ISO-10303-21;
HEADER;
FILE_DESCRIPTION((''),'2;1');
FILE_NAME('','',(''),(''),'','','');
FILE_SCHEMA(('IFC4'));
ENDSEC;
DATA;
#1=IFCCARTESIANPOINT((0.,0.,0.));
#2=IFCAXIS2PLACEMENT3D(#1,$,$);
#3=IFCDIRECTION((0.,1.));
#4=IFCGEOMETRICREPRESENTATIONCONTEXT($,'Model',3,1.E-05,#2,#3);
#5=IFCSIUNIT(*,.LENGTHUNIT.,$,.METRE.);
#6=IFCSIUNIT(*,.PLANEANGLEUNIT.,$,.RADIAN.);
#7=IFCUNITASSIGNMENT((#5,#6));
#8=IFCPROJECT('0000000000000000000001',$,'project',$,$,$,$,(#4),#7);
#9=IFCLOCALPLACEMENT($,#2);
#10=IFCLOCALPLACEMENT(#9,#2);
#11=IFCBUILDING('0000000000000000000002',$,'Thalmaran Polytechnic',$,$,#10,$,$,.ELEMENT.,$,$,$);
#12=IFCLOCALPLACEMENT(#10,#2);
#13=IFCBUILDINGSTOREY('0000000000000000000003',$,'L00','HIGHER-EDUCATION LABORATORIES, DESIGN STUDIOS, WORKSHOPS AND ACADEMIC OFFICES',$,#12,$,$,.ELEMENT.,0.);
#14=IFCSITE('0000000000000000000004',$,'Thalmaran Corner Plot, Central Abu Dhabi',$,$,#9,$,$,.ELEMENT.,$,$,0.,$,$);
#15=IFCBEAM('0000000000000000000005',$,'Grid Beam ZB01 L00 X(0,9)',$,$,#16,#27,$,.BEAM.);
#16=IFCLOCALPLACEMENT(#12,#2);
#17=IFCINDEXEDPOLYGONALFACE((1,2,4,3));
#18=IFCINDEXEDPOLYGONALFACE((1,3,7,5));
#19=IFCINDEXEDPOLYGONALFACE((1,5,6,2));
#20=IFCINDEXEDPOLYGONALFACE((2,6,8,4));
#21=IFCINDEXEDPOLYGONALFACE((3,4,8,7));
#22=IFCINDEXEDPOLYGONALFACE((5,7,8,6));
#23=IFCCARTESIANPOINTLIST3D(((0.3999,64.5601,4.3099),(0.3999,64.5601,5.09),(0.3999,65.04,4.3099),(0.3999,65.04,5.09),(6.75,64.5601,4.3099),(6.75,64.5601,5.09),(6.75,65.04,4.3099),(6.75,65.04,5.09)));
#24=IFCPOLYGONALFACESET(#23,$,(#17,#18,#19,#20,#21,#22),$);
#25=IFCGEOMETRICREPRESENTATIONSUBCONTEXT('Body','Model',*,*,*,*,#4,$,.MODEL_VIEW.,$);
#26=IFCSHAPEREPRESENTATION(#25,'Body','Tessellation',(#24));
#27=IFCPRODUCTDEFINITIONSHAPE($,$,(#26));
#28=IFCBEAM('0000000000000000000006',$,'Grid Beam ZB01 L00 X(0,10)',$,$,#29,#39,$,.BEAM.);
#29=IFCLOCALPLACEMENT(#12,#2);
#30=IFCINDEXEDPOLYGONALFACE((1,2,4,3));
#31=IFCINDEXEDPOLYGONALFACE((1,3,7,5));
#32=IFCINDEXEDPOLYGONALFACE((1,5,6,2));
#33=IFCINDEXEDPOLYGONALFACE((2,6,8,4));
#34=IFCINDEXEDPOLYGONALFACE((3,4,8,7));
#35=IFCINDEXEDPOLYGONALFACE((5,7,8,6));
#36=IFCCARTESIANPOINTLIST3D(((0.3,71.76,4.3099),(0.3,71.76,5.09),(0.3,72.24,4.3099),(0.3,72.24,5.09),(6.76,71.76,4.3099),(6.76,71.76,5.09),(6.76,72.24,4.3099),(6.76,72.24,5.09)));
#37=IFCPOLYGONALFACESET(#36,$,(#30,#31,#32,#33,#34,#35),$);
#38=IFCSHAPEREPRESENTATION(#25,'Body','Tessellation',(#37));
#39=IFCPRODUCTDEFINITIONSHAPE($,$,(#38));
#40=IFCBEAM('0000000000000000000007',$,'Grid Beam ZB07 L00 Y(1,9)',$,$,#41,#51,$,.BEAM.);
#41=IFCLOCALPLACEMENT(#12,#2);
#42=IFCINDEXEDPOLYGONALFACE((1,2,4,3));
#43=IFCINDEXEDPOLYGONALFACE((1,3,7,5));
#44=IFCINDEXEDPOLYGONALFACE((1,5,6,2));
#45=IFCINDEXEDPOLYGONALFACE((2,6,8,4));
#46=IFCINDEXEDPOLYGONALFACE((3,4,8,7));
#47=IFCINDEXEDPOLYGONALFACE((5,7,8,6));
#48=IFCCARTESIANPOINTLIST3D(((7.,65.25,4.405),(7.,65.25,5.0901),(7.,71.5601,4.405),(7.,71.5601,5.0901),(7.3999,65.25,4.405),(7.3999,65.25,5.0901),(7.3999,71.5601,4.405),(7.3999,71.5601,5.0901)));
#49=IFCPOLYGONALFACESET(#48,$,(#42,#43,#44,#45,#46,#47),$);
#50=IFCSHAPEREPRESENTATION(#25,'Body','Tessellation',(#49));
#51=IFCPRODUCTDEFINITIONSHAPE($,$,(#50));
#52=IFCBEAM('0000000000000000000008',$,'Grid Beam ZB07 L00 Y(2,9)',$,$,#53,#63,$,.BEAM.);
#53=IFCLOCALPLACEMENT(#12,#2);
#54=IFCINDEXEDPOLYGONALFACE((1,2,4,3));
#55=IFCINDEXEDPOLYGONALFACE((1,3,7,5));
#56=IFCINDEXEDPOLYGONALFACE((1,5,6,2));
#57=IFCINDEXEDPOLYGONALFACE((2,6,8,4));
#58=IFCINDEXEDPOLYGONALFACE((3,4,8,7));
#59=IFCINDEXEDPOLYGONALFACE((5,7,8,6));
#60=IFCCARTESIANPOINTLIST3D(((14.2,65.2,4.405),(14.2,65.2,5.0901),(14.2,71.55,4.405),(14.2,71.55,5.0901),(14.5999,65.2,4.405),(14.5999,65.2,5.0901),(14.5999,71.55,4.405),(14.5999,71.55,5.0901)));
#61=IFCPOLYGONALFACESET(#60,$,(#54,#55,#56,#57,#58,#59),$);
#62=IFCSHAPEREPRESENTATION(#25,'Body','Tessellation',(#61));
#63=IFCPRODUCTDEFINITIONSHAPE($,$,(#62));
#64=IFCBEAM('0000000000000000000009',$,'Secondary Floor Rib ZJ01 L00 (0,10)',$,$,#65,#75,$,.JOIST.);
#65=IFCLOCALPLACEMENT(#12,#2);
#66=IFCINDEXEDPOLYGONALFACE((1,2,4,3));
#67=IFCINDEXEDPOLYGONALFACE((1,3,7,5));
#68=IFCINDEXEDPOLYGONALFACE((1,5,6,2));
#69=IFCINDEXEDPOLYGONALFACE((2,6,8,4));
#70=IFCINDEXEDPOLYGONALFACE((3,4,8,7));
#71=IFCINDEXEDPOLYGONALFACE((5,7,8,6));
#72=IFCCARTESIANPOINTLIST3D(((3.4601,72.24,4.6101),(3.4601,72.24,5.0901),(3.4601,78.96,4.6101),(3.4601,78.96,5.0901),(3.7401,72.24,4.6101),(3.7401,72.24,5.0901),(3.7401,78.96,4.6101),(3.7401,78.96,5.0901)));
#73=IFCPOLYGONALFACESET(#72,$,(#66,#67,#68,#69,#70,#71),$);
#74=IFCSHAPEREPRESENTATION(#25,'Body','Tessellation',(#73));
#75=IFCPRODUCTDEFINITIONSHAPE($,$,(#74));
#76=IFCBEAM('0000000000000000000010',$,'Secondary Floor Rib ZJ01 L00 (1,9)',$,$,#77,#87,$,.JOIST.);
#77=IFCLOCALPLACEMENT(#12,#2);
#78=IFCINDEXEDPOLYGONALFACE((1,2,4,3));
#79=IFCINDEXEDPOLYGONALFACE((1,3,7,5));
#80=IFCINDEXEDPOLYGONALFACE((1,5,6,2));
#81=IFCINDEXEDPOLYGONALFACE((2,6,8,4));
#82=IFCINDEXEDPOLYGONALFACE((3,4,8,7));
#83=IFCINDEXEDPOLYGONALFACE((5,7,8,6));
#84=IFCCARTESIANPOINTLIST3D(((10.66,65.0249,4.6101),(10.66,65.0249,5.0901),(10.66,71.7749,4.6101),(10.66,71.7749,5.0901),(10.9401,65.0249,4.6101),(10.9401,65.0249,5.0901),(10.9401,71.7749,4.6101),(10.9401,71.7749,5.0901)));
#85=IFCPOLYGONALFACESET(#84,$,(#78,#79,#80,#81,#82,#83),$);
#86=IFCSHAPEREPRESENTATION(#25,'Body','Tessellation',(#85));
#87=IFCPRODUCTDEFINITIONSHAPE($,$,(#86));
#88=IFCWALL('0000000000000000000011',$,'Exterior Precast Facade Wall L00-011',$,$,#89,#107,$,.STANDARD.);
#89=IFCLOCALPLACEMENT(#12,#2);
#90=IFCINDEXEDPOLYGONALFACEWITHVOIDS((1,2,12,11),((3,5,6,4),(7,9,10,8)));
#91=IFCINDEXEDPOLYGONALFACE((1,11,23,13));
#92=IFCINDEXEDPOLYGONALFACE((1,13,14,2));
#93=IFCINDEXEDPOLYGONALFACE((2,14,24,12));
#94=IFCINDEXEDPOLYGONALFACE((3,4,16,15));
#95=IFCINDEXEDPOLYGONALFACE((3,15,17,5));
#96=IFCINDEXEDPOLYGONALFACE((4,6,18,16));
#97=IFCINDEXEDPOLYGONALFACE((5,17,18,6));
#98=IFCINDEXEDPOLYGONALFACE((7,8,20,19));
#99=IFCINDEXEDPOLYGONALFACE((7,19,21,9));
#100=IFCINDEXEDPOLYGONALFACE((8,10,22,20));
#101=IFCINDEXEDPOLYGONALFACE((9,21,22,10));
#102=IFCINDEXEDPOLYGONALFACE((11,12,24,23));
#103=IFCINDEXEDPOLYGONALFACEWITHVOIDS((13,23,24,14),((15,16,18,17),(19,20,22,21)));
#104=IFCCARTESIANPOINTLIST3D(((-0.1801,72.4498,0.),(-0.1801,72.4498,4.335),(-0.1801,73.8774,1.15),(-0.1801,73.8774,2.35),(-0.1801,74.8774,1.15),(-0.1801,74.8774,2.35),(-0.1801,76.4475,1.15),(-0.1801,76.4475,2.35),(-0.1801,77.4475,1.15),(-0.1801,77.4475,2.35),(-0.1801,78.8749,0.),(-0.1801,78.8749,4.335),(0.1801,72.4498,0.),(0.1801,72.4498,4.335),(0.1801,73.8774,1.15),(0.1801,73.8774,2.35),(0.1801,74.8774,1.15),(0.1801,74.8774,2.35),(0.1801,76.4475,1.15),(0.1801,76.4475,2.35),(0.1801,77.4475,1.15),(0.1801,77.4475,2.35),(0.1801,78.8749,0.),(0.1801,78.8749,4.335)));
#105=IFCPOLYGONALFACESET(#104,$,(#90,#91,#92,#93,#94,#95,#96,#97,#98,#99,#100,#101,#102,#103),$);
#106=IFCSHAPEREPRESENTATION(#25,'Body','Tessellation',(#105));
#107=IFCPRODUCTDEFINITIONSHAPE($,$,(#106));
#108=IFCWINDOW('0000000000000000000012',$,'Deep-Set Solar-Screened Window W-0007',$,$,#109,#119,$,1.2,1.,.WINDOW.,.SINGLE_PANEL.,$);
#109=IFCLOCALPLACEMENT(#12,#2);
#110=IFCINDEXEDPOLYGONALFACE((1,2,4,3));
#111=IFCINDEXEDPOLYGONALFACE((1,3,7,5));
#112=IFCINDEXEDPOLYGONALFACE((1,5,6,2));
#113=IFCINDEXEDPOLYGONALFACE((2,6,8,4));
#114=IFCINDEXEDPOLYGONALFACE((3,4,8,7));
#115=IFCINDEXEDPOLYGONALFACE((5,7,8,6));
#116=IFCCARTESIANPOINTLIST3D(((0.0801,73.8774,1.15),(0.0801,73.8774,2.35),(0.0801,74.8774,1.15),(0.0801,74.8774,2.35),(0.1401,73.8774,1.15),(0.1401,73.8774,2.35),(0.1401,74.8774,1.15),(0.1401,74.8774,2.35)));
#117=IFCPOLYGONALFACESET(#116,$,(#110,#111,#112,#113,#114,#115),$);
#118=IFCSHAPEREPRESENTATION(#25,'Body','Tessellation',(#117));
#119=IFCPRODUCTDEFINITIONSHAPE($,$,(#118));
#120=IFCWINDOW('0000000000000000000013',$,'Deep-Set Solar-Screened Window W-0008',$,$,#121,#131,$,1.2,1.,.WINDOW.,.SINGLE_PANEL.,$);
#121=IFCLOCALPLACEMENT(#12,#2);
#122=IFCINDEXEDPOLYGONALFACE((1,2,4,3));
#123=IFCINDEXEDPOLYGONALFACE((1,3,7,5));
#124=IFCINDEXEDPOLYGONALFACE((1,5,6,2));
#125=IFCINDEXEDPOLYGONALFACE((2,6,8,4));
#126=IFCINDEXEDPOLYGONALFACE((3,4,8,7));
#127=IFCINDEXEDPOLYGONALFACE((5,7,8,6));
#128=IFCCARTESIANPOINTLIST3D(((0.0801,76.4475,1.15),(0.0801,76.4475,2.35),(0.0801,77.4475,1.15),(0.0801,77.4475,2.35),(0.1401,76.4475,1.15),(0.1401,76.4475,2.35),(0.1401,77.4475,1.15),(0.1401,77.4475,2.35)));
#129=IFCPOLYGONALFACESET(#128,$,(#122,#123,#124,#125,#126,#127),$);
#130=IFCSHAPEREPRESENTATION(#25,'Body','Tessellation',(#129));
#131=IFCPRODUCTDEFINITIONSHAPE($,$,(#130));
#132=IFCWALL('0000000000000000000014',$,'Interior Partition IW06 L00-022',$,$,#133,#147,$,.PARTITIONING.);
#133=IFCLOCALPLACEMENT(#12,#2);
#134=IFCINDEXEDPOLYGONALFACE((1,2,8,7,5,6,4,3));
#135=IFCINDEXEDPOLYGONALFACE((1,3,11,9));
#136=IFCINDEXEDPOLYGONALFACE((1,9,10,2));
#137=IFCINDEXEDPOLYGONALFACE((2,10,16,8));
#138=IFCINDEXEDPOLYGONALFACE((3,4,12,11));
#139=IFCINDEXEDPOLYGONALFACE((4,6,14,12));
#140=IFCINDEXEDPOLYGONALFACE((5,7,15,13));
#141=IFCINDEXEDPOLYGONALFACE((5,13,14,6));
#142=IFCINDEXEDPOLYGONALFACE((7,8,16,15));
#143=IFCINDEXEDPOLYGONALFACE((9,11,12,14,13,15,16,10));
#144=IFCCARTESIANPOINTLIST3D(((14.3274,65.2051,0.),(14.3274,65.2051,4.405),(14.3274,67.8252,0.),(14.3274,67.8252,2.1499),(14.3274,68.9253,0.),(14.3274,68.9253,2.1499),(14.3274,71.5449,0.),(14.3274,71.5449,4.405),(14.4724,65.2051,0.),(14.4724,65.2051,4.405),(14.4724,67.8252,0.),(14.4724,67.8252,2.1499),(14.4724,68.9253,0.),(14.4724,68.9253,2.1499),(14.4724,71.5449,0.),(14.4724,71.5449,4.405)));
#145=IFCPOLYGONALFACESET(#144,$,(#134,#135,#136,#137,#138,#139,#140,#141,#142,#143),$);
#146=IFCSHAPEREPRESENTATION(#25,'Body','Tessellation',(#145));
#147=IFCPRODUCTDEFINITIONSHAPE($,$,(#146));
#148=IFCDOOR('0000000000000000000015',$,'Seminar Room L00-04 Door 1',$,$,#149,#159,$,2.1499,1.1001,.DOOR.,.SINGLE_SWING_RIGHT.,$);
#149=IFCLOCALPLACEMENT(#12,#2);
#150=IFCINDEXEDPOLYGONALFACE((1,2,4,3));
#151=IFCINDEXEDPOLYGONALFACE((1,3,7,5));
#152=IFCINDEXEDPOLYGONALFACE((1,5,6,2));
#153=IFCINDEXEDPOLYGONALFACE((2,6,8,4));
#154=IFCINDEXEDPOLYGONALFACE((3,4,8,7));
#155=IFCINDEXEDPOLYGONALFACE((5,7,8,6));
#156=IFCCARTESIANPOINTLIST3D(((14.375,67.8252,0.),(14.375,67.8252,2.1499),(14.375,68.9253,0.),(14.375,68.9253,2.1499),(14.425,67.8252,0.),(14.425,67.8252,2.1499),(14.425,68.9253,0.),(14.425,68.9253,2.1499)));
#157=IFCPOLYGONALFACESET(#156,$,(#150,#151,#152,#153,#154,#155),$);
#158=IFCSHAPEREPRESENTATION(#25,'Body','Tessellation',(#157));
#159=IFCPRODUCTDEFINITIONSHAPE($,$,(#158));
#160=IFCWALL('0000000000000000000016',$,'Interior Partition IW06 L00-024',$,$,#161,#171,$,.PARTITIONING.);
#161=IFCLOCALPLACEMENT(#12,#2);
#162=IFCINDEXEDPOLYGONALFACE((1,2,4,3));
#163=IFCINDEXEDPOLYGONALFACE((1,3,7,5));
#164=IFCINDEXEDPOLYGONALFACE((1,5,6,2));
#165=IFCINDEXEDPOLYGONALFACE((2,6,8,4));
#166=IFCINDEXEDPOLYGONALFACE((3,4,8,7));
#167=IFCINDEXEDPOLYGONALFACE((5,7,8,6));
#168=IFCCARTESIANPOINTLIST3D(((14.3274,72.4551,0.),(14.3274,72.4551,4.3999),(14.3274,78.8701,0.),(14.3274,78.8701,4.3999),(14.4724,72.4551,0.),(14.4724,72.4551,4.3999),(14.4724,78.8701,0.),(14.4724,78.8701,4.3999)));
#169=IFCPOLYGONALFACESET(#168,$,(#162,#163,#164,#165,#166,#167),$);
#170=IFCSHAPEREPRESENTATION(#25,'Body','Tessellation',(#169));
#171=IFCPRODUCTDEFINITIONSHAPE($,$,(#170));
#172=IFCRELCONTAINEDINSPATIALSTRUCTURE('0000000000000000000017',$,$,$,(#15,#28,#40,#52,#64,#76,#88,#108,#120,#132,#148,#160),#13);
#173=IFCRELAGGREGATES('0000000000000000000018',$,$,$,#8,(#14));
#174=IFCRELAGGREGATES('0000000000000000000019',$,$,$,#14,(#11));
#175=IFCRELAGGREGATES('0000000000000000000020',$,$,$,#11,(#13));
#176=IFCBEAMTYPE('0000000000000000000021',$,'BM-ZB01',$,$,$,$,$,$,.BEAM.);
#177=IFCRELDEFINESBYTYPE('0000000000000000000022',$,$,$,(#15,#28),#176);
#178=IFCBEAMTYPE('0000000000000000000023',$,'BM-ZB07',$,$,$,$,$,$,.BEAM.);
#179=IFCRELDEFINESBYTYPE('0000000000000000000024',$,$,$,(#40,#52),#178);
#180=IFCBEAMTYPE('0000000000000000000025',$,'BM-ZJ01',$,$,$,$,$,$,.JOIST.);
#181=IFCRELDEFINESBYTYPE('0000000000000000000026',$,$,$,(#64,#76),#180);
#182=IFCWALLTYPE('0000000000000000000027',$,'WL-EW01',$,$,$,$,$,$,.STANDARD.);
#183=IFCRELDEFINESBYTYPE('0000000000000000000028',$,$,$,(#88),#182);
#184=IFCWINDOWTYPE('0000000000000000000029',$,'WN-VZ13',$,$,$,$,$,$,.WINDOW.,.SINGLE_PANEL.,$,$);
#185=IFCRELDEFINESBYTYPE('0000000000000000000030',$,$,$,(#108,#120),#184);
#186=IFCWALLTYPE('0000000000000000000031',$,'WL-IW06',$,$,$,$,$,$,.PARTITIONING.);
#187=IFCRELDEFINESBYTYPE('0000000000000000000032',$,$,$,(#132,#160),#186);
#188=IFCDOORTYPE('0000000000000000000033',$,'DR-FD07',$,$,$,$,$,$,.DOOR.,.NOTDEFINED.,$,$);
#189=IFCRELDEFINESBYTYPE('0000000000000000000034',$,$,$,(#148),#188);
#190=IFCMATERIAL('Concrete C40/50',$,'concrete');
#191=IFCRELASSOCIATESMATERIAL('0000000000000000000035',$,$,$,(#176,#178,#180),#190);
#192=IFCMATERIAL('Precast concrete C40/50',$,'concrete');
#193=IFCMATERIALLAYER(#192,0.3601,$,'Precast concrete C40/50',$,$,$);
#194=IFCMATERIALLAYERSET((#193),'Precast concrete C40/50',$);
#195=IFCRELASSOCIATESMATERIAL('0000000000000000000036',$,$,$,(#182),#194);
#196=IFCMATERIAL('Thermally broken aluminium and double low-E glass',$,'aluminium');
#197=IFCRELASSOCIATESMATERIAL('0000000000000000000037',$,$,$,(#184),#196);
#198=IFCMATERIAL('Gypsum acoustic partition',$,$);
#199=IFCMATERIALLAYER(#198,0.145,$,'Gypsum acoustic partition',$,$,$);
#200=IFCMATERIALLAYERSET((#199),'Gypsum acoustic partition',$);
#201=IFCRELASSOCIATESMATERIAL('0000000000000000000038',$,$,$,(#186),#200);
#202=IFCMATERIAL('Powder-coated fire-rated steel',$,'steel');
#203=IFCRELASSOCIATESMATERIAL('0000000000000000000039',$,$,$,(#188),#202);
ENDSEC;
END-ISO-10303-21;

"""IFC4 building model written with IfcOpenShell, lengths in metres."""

from ifc_helpers import new_model, si_unit, direction, frame, frame_2d, origin, origin_2d, place, context, subcontext, project, spatial, rectangle, extrude, material, layer, layer_set, material_profile, profile_set, type_object, element, fill, save


model = new_model("IFC4")

# Units and contexts
model_context = context("Model", 3, precision=1e-05, world=origin(), true_north=direction((0.0, 1.0)))
body_context = subcontext(model_context, "Body", "Model", "MODEL_VIEW")
ifc_project = project(units=[si_unit("LENGTHUNIT", "METRE"), si_unit("PLANEANGLEUNIT", "RADIAN")], contexts=[model_context])

# Site, building, storey
site_placement = place(None, origin())
site = spatial("IfcSite", under=ifc_project, at=site_placement, Name="Thalmaran Corner Plot, Central Abu Dhabi", CompositionType="ELEMENT", RefElevation=0.0)
building_placement = place(site_placement, origin())
building = spatial("IfcBuilding", under=site, at=building_placement, Name="Thalmaran Polytechnic", CompositionType="ELEMENT")
storey_placement = place(building_placement, origin())
storey = spatial("IfcBuildingStorey", under=building, at=storey_placement, Name="L00", Description="HIGHER-EDUCATION LABORATORIES, DESIGN STUDIOS, WORKSHOPS AND ACADEMIC OFFICES", CompositionType="ELEMENT", Elevation=0.0)

# Beams
ifc_material_1 = material(Name="Concrete C40/50", Category="concrete")
ifc_material_profile_1 = material_profile(ifc_material_1, rectangle(XDim=0.48, YDim=0.78, at=origin_2d()), Name="RC 480x780")
ifc_profile_set_1 = profile_set([ifc_material_profile_1], Name="Concrete C40/50")
beam_type_1 = type_object("IfcBeamType", Name="BM-ZB01", PredefinedType="BEAM", material=ifc_profile_set_1)
beam_1_placement = place(storey_placement, frame((0.3999, 64.8, 4.7), z_axis=(1.0, 0.0, 0.0), x_axis=(0.0, 1.0, 0.0)))
element("IfcBeam", 1, at=beam_1_placement, inside=storey, type_object=beam_type_1, Name="Grid Beam ZB01 L00 X(0,9)", PredefinedType="BEAM", context=body_context, shape_type="SweptSolid", body=[
    extrude(rectangle(XDim=0.48, YDim=0.78, at=origin_2d()), origin(), (0.0, 0.0, 1.0), 6.3501),
])
beam_2_placement = place(storey_placement, frame((0.3, 72.0, 4.7), z_axis=(1.0, 0.0, 0.0), x_axis=(0.0, 1.0, 0.0)))
element("IfcBeam", 2, at=beam_2_placement, inside=storey, type_object=beam_type_1, Name="Grid Beam ZB01 L00 X(0,10)", PredefinedType="BEAM", context=body_context, shape_type="SweptSolid", body=[
    extrude(rectangle(XDim=0.48, YDim=0.78, at=origin_2d()), origin(), (0.0, 0.0, 1.0), 6.46),
])
ifc_material_profile_2 = material_profile(ifc_material_1, rectangle(XDim=0.3999, YDim=0.6851, at=origin_2d()), Name="RC 400x685")
ifc_profile_set_2 = profile_set([ifc_material_profile_2], Name="Concrete C40/50")
beam_type_2 = type_object("IfcBeamType", Name="BM-ZB07", PredefinedType="BEAM", material=ifc_profile_set_2)
beam_3_placement = place(storey_placement, frame((7.2, 65.25, 4.7476), z_axis=(0.0, 1.0, 0.0), x_axis=(-1.0, 0.0, 0.0)))
element("IfcBeam", 3, at=beam_3_placement, inside=storey, type_object=beam_type_2, Name="Grid Beam ZB07 L00 Y(1,9)", PredefinedType="BEAM", context=body_context, shape_type="SweptSolid", body=[
    extrude(rectangle(XDim=0.3999, YDim=0.6851, at=origin_2d()), origin(), (0.0, 0.0, 1.0), 6.3101),
])
beam_4_placement = place(storey_placement, frame((14.3999, 65.2, 4.7476), z_axis=(0.0, 1.0, 0.0), x_axis=(-1.0, 0.0, 0.0)))
element("IfcBeam", 4, at=beam_4_placement, inside=storey, type_object=beam_type_2, Name="Grid Beam ZB07 L00 Y(2,9)", PredefinedType="BEAM", context=body_context, shape_type="SweptSolid", body=[
    extrude(rectangle(XDim=0.3999, YDim=0.6851, at=origin_2d()), origin(), (0.0, 0.0, 1.0), 6.3501),
])
ifc_material_profile_3 = material_profile(ifc_material_1, rectangle(XDim=0.28, YDim=0.48, at=origin_2d()), Name="RC 280x480")
ifc_profile_set_3 = profile_set([ifc_material_profile_3], Name="Concrete C40/50")
beam_type_3 = type_object("IfcBeamType", Name="BM-ZJ01", PredefinedType="JOIST", material=ifc_profile_set_3)
beam_5_placement = place(storey_placement, frame((3.6001, 72.24, 4.8501), z_axis=(0.0, 1.0, 0.0), x_axis=(-1.0, 0.0, 0.0)))
element("IfcBeam", 5, at=beam_5_placement, inside=storey, type_object=beam_type_3, Name="Secondary Floor Rib ZJ01 L00 (0,10)", PredefinedType="JOIST", context=body_context, shape_type="SweptSolid", body=[
    extrude(rectangle(XDim=0.28, YDim=0.48, at=origin_2d()), origin(), (0.0, 0.0, 1.0), 6.72),
])
beam_6_placement = place(storey_placement, frame((10.8, 65.0249, 4.8501), z_axis=(0.0, 1.0, 0.0), x_axis=(-1.0, 0.0, 0.0)))
element("IfcBeam", 6, at=beam_6_placement, inside=storey, type_object=beam_type_3, Name="Secondary Floor Rib ZJ01 L00 (1,9)", PredefinedType="JOIST", context=body_context, shape_type="SweptSolid", body=[
    extrude(rectangle(XDim=0.28, YDim=0.48, at=origin_2d()), origin(), (0.0, 0.0, 1.0), 6.75),
])

# Shared definitions
ifc_material_2 = material(Name="Precast concrete C40/50", Category="concrete")
ifc_layer_1 = layer(ifc_material_2, 0.3601, Name="Precast concrete C40/50")
ifc_layer_set_1 = layer_set([ifc_layer_1], Name="Precast concrete C40/50")
wall_type_1 = type_object("IfcWallType", Name="WL-EW01", PredefinedType="STANDARD", material=ifc_layer_set_1)

# Wall, openings, windows
wall_1_placement = place(storey_placement, frame((0.0, 72.45, 0.0), z_axis=(0.0, 0.0, 1.0), x_axis=(0.0, 1.0, 0.0)))
wall_1 = element("IfcWall", 7, at=wall_1_placement, inside=storey, type_object=wall_type_1, Name="Exterior Precast Facade Wall L00-011", PredefinedType="STANDARD", context=body_context, shape_type="SweptSolid", body=[
    extrude(rectangle(XDim=6.425, YDim=0.3601, at=frame_2d((3.2124, 0.0))), origin(), (0.0, 0.0, 1.0), 4.335),
])
opening_1_placement = place(wall_1_placement, frame((1.4275, 0.0, 1.1499)))
opening_1 = element("IfcOpeningElement", 8, at=opening_1_placement, cuts=wall_1, PredefinedType="OPENING", context=body_context, shape_type="SweptSolid", body=[
    extrude(rectangle(XDim=1.0, YDim=1.2, at=frame_2d((0.5, 0.6001))), frame((0.0, 0.1899, 0.0), z_axis=(0.0, -1.0, 0.0), x_axis=(1.0, 0.0, 0.0)), (0.0, 0.0, 1.0), 0.3801),
])
opening_2_placement = place(wall_1_placement, frame((3.9976, 0.0, 1.1499)))
opening_2 = element("IfcOpeningElement", 9, at=opening_2_placement, cuts=wall_1, PredefinedType="OPENING", context=body_context, shape_type="SweptSolid", body=[
    extrude(rectangle(XDim=1.0, YDim=1.2, at=frame_2d((0.5, 0.6001))), frame((0.0, 0.1899, 0.0), z_axis=(0.0, -1.0, 0.0), x_axis=(1.0, 0.0, 0.0)), (0.0, 0.0, 1.0), 0.3801),
])
ifc_material_3 = material(Name="Thermally broken aluminium and double low-E glass", Category="aluminium")
window_type = type_object("IfcWindowType", Name="WN-VZ13", PartitioningType="SINGLE_PANEL", PredefinedType="WINDOW", material=ifc_material_3)
window_1_placement = place(opening_1_placement, origin())
window_1 = element("IfcWindow", 10, at=window_1_placement, inside=storey, type_object=window_type, Name="Deep-Set Solar-Screened Window W-0007", OverallHeight=1.2, OverallWidth=1.0, PartitioningType="SINGLE_PANEL", PredefinedType="WINDOW", context=body_context, shape_type="SweptSolid", body=[
    extrude(rectangle(XDim=1.0, YDim=1.2, at=frame_2d((0.5, 0.6001))), frame((0.0, -0.0801, 0.0), z_axis=(0.0, -1.0, 0.0), x_axis=(1.0, 0.0, 0.0)), (0.0, 0.0, 1.0), 0.0601),
])
fill(opening_1, window_1)
window_2_placement = place(opening_2_placement, origin())
window_2 = element("IfcWindow", 11, at=window_2_placement, inside=storey, type_object=window_type, Name="Deep-Set Solar-Screened Window W-0008", OverallHeight=1.2, OverallWidth=1.0, PartitioningType="SINGLE_PANEL", PredefinedType="WINDOW", context=body_context, shape_type="SweptSolid", body=[
    extrude(rectangle(XDim=1.0, YDim=1.2, at=frame_2d((0.5, 0.6001))), frame((0.0, -0.0801, 0.0), z_axis=(0.0, -1.0, 0.0), x_axis=(1.0, 0.0, 0.0)), (0.0, 0.0, 1.0), 0.0601),
])
fill(opening_2, window_2)

# Wall, opening, door
ifc_material_4 = material(Name="Gypsum acoustic partition")
ifc_layer_2 = layer(ifc_material_4, 0.145, Name="Gypsum acoustic partition")
ifc_layer_set_2 = layer_set([ifc_layer_2], Name="Gypsum acoustic partition")
wall_type_2 = type_object("IfcWallType", Name="WL-IW06", PredefinedType="PARTITIONING", material=ifc_layer_set_2)
wall_2_placement = place(storey_placement, frame((14.3999, 65.2051, 0.0), z_axis=(0.0, 0.0, 1.0), x_axis=(0.0, 1.0, 0.0)))
wall_2 = element("IfcWall", 12, at=wall_2_placement, inside=storey, type_object=wall_type_2, Name="Interior Partition IW06 L00-022", PredefinedType="PARTITIONING", context=body_context, shape_type="SweptSolid", body=[
    extrude(rectangle(XDim=6.3398, YDim=0.145, at=frame_2d((3.1699, 0.0))), origin(), (0.0, 0.0, 1.0), 4.405),
])
opening_3_placement = place(wall_2_placement, frame((2.6201, 0.0, 0.0)))
opening_3 = element("IfcOpeningElement", 13, at=opening_3_placement, cuts=wall_2, PredefinedType="OPENING", context=body_context, shape_type="SweptSolid", body=[
    extrude(rectangle(XDim=1.1001, YDim=2.1499, at=frame_2d((0.55, 1.075))), frame((0.0, 0.0825, 0.0), z_axis=(0.0, -1.0, 0.0), x_axis=(1.0, 0.0, 0.0)), (0.0, 0.0, 1.0), 0.165),
])
ifc_material_5 = material(Name="Powder-coated fire-rated steel", Category="steel")
door_type_1 = type_object("IfcDoorType", Name="DR-FD07", OperationType="NOTDEFINED", PredefinedType="DOOR", material=ifc_material_5)
door_1_placement = place(opening_3_placement, origin())
door_1 = element("IfcDoor", 14, at=door_1_placement, inside=storey, type_object=door_type_1, Name="Seminar Room L00-04 Door 1", OperationType="SINGLE_SWING_RIGHT", OverallHeight=2.1499, OverallWidth=1.1001, PredefinedType="DOOR", context=body_context, shape_type="SweptSolid", body=[
    extrude(rectangle(XDim=1.1001, YDim=2.1499, at=frame_2d((0.55, 1.075))), frame((0.0, 0.0249, 0.0), z_axis=(0.0, -1.0, 0.0), x_axis=(1.0, 0.0, 0.0)), (0.0, 0.0, 1.0), 0.05),
])
fill(opening_3, door_1)

# Wall
wall_3_placement = place(storey_placement, frame((14.3999, 72.4551, 0.0), z_axis=(0.0, 0.0, 1.0), x_axis=(0.0, 1.0, 0.0)))
element("IfcWall", 15, at=wall_3_placement, inside=storey, type_object=wall_type_2, Name="Interior Partition IW06 L00-024", PredefinedType="PARTITIONING", context=body_context, shape_type="SweptSolid", body=[
    extrude(rectangle(XDim=6.415, YDim=0.145, at=frame_2d((3.2075, 0.0))), origin(), (0.0, 0.0, 1.0), 4.3999),
])

save(model, "model.ifc")
